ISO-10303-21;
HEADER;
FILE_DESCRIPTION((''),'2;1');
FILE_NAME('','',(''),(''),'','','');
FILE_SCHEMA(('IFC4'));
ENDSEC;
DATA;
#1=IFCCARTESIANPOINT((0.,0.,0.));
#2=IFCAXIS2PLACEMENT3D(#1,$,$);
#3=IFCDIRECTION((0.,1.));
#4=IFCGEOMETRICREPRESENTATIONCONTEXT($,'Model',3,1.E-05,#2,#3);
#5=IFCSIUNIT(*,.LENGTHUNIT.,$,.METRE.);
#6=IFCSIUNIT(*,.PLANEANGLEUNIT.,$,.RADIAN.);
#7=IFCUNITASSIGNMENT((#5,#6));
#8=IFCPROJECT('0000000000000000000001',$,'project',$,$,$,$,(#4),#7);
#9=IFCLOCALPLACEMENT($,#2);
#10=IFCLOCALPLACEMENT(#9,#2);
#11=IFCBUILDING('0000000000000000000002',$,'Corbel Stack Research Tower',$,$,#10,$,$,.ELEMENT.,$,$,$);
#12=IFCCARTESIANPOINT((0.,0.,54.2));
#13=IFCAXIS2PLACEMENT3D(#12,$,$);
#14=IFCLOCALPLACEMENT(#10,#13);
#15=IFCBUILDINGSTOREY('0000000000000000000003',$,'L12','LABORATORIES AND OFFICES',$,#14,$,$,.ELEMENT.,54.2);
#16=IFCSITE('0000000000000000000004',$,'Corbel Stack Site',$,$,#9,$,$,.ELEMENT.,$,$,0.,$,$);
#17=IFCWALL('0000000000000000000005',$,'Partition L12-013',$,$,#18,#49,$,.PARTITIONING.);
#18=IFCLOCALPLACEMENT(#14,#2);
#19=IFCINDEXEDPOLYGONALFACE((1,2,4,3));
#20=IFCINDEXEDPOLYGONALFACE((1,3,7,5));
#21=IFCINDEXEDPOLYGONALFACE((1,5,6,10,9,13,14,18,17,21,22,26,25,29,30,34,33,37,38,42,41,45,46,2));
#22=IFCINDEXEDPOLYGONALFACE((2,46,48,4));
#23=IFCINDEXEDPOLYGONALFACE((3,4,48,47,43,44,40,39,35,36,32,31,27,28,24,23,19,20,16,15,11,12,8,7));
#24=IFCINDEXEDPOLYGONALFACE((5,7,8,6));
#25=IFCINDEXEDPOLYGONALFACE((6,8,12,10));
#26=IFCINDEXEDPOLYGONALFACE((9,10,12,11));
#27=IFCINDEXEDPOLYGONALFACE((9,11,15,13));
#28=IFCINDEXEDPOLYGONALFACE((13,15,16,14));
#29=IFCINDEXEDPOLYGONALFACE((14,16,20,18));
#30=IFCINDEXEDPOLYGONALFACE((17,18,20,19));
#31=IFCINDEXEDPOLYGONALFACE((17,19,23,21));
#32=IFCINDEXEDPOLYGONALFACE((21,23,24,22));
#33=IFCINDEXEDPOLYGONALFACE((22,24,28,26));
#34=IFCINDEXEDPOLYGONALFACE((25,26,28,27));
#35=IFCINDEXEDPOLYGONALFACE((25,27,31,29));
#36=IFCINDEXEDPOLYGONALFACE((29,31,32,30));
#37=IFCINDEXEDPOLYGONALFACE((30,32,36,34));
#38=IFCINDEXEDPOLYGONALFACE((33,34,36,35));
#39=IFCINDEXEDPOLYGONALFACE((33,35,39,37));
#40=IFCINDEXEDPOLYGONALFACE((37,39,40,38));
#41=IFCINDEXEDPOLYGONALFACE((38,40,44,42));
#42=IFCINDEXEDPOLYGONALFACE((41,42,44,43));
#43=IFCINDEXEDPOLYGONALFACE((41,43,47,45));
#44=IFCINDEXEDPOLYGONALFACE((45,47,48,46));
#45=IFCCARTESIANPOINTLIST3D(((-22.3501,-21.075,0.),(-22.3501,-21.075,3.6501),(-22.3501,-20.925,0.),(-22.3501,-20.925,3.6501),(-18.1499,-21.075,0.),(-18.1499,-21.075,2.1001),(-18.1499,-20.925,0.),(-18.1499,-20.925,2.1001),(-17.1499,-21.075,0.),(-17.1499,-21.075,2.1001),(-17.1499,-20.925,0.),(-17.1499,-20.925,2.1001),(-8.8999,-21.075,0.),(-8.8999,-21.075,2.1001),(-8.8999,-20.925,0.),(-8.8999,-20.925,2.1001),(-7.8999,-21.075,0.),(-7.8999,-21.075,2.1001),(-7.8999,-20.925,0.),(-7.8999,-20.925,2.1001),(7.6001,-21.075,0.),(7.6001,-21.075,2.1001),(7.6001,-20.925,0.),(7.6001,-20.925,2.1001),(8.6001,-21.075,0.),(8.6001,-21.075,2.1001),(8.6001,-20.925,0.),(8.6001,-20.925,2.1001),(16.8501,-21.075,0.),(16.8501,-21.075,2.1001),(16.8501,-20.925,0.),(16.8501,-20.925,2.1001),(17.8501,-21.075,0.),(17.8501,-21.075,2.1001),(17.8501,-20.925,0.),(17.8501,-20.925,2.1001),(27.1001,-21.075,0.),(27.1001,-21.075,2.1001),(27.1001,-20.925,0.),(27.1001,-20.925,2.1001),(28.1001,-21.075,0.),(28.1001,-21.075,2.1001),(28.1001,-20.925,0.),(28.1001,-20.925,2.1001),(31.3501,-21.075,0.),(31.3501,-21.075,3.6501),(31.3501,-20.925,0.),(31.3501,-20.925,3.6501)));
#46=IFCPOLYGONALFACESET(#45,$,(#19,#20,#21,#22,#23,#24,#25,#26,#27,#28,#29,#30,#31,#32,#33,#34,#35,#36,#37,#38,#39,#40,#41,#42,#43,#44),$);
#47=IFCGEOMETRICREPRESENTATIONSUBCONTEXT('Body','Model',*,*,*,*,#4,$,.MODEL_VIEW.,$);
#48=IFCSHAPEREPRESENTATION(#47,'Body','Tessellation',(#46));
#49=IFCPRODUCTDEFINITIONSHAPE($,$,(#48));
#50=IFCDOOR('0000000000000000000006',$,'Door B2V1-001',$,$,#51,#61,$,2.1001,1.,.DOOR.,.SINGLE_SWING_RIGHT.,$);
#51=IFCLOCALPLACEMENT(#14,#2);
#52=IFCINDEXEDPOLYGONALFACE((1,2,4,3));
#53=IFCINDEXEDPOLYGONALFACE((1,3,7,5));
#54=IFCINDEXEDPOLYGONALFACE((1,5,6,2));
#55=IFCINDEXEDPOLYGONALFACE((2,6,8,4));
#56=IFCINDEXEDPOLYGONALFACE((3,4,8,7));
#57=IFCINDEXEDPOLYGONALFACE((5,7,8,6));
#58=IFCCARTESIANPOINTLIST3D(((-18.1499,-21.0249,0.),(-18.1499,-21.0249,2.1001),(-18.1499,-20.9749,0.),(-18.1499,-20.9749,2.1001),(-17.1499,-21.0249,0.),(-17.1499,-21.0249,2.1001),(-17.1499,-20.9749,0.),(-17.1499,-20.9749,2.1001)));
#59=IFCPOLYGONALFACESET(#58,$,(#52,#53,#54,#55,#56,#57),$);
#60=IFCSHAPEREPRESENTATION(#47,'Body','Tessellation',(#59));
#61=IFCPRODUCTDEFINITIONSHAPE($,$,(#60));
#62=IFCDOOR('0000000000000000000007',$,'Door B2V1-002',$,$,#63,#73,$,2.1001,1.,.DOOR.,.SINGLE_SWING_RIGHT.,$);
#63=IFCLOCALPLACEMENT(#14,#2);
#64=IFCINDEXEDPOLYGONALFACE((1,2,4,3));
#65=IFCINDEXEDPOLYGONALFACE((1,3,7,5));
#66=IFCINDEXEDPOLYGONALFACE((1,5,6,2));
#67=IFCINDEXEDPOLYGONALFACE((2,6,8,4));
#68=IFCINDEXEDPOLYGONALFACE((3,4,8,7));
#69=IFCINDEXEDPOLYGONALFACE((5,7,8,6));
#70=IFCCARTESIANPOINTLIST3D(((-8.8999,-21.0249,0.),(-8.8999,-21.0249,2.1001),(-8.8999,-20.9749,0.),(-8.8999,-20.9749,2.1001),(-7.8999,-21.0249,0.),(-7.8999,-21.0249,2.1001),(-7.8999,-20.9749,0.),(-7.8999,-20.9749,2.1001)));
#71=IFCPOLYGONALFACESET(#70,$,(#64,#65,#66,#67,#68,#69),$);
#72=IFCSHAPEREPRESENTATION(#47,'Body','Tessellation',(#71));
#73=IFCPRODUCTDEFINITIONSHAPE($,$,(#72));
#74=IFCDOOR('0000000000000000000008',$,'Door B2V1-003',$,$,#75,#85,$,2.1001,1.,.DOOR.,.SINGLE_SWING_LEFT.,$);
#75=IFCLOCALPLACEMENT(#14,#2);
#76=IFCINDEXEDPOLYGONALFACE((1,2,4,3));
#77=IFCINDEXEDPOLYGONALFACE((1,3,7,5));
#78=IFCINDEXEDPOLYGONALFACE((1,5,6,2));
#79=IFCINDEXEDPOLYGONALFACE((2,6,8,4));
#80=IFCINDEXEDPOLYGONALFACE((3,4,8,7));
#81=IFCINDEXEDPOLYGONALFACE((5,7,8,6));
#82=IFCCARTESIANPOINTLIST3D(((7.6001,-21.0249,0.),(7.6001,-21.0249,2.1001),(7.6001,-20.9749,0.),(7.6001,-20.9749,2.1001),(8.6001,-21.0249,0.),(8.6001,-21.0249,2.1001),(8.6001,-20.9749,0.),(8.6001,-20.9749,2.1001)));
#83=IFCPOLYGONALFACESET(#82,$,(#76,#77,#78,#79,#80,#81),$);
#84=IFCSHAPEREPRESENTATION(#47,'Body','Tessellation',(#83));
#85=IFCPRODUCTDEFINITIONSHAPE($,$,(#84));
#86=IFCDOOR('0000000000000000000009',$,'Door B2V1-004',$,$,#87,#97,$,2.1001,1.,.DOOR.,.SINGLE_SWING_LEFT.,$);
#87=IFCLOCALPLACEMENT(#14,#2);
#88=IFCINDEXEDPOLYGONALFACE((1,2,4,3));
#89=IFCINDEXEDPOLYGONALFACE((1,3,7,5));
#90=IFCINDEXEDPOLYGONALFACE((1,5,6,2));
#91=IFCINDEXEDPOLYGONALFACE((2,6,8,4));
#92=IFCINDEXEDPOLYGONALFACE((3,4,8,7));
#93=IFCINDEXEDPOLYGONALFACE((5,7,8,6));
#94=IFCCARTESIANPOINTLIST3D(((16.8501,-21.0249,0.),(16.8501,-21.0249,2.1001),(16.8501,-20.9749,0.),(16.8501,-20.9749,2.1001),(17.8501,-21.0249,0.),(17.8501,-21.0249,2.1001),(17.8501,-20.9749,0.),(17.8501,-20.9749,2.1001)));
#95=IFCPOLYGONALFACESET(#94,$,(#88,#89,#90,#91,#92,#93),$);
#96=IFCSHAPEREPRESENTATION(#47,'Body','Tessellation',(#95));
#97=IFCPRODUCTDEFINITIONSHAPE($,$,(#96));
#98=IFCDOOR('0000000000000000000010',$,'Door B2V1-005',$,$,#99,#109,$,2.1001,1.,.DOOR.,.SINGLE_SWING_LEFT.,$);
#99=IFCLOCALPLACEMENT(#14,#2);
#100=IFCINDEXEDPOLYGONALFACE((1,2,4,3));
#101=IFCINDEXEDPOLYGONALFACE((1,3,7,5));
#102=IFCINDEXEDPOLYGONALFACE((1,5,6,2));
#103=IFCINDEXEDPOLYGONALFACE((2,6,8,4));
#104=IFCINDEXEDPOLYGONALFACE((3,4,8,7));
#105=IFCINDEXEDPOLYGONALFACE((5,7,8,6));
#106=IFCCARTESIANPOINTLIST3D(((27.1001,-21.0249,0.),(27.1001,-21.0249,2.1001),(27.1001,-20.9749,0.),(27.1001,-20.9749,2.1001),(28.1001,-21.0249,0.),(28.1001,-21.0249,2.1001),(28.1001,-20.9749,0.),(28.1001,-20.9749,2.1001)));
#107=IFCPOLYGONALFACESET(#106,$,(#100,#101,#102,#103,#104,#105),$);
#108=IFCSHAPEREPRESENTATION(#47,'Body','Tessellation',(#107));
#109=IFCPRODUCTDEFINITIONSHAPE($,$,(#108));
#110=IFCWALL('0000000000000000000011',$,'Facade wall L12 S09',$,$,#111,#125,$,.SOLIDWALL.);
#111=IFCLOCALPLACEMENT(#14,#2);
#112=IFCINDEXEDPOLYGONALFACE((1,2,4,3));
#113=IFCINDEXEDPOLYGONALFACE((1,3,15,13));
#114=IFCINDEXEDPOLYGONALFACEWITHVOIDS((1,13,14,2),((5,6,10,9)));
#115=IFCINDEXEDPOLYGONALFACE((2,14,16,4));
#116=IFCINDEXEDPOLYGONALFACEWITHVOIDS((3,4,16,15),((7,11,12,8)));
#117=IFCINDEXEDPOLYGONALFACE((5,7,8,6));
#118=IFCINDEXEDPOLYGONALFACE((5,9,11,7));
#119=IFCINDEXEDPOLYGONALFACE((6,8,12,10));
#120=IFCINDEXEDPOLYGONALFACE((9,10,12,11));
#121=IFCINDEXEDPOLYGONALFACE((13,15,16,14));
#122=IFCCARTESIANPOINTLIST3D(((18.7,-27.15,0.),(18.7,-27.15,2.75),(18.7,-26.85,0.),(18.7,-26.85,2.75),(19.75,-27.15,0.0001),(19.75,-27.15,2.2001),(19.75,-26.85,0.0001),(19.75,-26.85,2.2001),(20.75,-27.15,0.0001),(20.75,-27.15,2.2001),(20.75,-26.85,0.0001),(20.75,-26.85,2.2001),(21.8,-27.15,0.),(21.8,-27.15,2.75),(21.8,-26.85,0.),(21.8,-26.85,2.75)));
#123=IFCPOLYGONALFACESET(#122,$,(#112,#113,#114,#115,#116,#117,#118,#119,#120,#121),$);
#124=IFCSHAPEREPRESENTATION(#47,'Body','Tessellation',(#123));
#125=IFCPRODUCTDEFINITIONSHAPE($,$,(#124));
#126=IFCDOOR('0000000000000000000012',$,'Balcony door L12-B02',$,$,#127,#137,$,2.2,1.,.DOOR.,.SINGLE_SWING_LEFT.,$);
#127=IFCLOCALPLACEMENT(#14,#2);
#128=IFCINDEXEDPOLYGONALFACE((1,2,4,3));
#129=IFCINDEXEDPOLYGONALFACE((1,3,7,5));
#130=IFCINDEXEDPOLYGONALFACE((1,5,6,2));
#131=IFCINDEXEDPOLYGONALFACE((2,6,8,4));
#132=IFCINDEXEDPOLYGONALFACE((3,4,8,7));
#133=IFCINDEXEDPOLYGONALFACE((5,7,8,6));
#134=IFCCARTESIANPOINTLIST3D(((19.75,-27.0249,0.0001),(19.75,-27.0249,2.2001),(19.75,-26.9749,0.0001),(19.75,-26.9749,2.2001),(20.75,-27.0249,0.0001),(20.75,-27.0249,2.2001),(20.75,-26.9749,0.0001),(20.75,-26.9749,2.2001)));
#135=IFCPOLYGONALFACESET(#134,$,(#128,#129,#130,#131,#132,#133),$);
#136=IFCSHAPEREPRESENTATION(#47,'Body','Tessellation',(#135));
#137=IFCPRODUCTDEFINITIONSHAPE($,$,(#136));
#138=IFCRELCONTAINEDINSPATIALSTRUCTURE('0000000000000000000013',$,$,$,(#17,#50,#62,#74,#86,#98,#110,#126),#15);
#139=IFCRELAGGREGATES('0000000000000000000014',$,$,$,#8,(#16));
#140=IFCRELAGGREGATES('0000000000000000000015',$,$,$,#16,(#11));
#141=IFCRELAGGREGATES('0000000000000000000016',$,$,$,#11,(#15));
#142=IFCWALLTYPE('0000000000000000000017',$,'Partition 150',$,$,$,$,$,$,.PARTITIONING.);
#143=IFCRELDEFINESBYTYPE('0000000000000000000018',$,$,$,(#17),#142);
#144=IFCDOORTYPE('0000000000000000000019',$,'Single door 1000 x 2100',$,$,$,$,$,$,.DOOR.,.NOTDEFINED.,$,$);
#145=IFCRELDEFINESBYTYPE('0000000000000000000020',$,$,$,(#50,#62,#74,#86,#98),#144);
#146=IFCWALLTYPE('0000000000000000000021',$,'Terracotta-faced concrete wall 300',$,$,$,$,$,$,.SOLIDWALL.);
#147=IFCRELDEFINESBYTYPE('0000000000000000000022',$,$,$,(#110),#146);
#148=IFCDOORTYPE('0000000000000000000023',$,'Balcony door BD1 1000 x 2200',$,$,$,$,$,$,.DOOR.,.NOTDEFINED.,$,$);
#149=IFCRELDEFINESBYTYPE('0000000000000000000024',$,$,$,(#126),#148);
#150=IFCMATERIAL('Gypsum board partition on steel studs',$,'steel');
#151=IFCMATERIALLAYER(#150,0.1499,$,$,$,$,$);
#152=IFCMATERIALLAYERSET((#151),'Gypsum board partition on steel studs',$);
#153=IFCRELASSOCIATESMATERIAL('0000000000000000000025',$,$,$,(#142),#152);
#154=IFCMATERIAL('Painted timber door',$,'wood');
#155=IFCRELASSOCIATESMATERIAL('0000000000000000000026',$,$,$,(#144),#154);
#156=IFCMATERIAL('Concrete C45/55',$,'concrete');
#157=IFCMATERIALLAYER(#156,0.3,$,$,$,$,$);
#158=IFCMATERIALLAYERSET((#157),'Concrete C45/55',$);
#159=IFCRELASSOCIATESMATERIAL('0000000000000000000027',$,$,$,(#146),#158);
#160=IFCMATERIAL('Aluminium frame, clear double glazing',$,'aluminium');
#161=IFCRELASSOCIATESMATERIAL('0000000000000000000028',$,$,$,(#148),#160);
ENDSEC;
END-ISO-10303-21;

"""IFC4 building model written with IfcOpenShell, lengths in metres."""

from ifc_helpers import new_model, si_unit, direction, frame, frame_2d, origin, place, context, subcontext, project, spatial, rectangle, extrude, material, layer, layer_set, type_object, element, fill, save


model = new_model("IFC4")

# Units and contexts
model_context = context("Model", 3, precision=1e-05, world=origin(), true_north=direction((0.0, 1.0)))
body_context = subcontext(model_context, "Body", "Model", "MODEL_VIEW")
ifc_project = project(units=[si_unit("LENGTHUNIT", "METRE"), si_unit("PLANEANGLEUNIT", "RADIAN")], contexts=[model_context])

# Site, building, storey
site_placement = place(None, origin())
site = spatial("IfcSite", under=ifc_project, at=site_placement, Name="Corbel Stack Site", CompositionType="ELEMENT", RefElevation=0.0)
building_placement = place(site_placement, origin())
building = spatial("IfcBuilding", under=site, at=building_placement, Name="Corbel Stack Research Tower", CompositionType="ELEMENT")
storey_placement = place(building_placement, frame((0.0, 0.0, 54.2)))
storey = spatial("IfcBuildingStorey", under=building, at=storey_placement, Name="L12", Description="LABORATORIES AND OFFICES", CompositionType="ELEMENT", Elevation=54.2)

# Wall, openings, doors
ifc_material_1 = material(Name="Gypsum board partition on steel studs", Category="steel")
ifc_layer_1 = layer(ifc_material_1, 0.1499)
ifc_layer_set_1 = layer_set([ifc_layer_1], Name="Gypsum board partition on steel studs")
wall_type_1 = type_object("IfcWallType", Name="Partition 150", PredefinedType="PARTITIONING", material=ifc_layer_set_1)
wall_1_placement = place(storey_placement, frame((31.3501, -21.0, 0.0), z_axis=(0.0, 0.0, 1.0), x_axis=(-1.0, 0.0, 0.0)))
wall_1 = element("IfcWall", 1, at=wall_1_placement, inside=storey, type_object=wall_type_1, Name="Partition L12-013", PredefinedType="PARTITIONING", context=body_context, shape_type="SweptSolid", body=[
    extrude(rectangle(XDim=53.7002, YDim=0.1499, at=frame_2d((26.8501, 0.0))), origin(), (0.0, 0.0, 1.0), 3.6501),
])
opening_1_placement = place(wall_1_placement, frame((48.5, 0.0, 0.0)))
opening_1 = element("IfcOpeningElement", 2, at=opening_1_placement, cuts=wall_1, PredefinedType="OPENING", context=body_context, shape_type="SweptSolid", body=[
    extrude(rectangle(XDim=1.0, YDim=2.1001, at=frame_2d((0.5, 1.05))), frame((0.0, 0.085, 0.0), z_axis=(0.0, -1.0, 0.0), x_axis=(1.0, 0.0, 0.0)), (0.0, 0.0, 1.0), 0.1699),
])
opening_2_placement = place(wall_1_placement, frame((39.25, 0.0, 0.0)))
opening_2 = element("IfcOpeningElement", 3, at=opening_2_placement, cuts=wall_1, PredefinedType="OPENING", context=body_context, shape_type="SweptSolid", body=[
    extrude(rectangle(XDim=1.0, YDim=2.1001, at=frame_2d((0.5, 1.05))), frame((0.0, 0.085, 0.0), z_axis=(0.0, -1.0, 0.0), x_axis=(1.0, 0.0, 0.0)), (0.0, 0.0, 1.0), 0.1699),
])
opening_3_placement = place(wall_1_placement, frame((22.75, 0.0, 0.0)))
opening_3 = element("IfcOpeningElement", 4, at=opening_3_placement, cuts=wall_1, PredefinedType="OPENING", context=body_context, shape_type="SweptSolid", body=[
    extrude(rectangle(XDim=1.0, YDim=2.1001, at=frame_2d((0.5, 1.05))), frame((0.0, 0.085, 0.0), z_axis=(0.0, -1.0, 0.0), x_axis=(1.0, 0.0, 0.0)), (0.0, 0.0, 1.0), 0.1699),
])
opening_4_placement = place(wall_1_placement, frame((13.5, 0.0, 0.0)))
opening_4 = element("IfcOpeningElement", 5, at=opening_4_placement, cuts=wall_1, PredefinedType="OPENING", context=body_context, shape_type="SweptSolid", body=[
    extrude(rectangle(XDim=1.0, YDim=2.1001, at=frame_2d((0.5, 1.05))), frame((0.0, 0.085, 0.0), z_axis=(0.0, -1.0, 0.0), x_axis=(1.0, 0.0, 0.0)), (0.0, 0.0, 1.0), 0.1699),
])
opening_5_placement = place(wall_1_placement, frame((3.25, 0.0, 0.0)))
opening_5 = element("IfcOpeningElement", 6, at=opening_5_placement, cuts=wall_1, PredefinedType="OPENING", context=body_context, shape_type="SweptSolid", body=[
    extrude(rectangle(XDim=1.0, YDim=2.1001, at=frame_2d((0.5, 1.05))), frame((0.0, 0.085, 0.0), z_axis=(0.0, -1.0, 0.0), x_axis=(1.0, 0.0, 0.0)), (0.0, 0.0, 1.0), 0.1699),
])
ifc_material_2 = material(Name="Painted timber door", Category="wood")
door_type_1 = type_object("IfcDoorType", Name="Single door 1000 x 2100", OperationType="NOTDEFINED", PredefinedType="DOOR", material=ifc_material_2)
door_1_placement = place(opening_1_placement, origin())
door_1 = element("IfcDoor", 7, at=door_1_placement, inside=storey, type_object=door_type_1, Name="Door B2V1-001", OperationType="SINGLE_SWING_RIGHT", OverallHeight=2.1001, OverallWidth=1.0, PredefinedType="DOOR", context=body_context, shape_type="SweptSolid", body=[
    extrude(rectangle(XDim=1.0, YDim=2.1001, at=frame_2d((0.5, 1.05))), frame((0.0, 0.0249, 0.0), z_axis=(0.0, -1.0, 0.0), x_axis=(1.0, 0.0, 0.0)), (0.0, 0.0, 1.0), 0.05),
])
fill(opening_1, door_1)
door_2_placement = place(opening_2_placement, origin())
door_2 = element("IfcDoor", 8, at=door_2_placement, inside=storey, type_object=door_type_1, Name="Door B2V1-002", OperationType="SINGLE_SWING_RIGHT", OverallHeight=2.1001, OverallWidth=1.0, PredefinedType="DOOR", context=body_context, shape_type="SweptSolid", body=[
    extrude(rectangle(XDim=1.0, YDim=2.1001, at=frame_2d((0.5, 1.05))), frame((0.0, 0.0249, 0.0), z_axis=(0.0, -1.0, 0.0), x_axis=(1.0, 0.0, 0.0)), (0.0, 0.0, 1.0), 0.05),
])
fill(opening_2, door_2)
door_3_placement = place(opening_3_placement, origin())
door_3 = element("IfcDoor", 9, at=door_3_placement, inside=storey, type_object=door_type_1, Name="Door B2V1-003", OperationType="SINGLE_SWING_LEFT", OverallHeight=2.1001, OverallWidth=1.0, PredefinedType="DOOR", context=body_context, shape_type="SweptSolid", body=[
    extrude(rectangle(XDim=1.0, YDim=2.1001, at=frame_2d((0.5, 1.05))), frame((0.0, 0.0249, 0.0), z_axis=(0.0, -1.0, 0.0), x_axis=(1.0, 0.0, 0.0)), (0.0, 0.0, 1.0), 0.05),
])
fill(opening_3, door_3)
door_4_placement = place(opening_4_placement, origin())
door_4 = element("IfcDoor", 10, at=door_4_placement, inside=storey, type_object=door_type_1, Name="Door B2V1-004", OperationType="SINGLE_SWING_LEFT", OverallHeight=2.1001, OverallWidth=1.0, PredefinedType="DOOR", context=body_context, shape_type="SweptSolid", body=[
    extrude(rectangle(XDim=1.0, YDim=2.1001, at=frame_2d((0.5, 1.05))), frame((0.0, 0.0249, 0.0), z_axis=(0.0, -1.0, 0.0), x_axis=(1.0, 0.0, 0.0)), (0.0, 0.0, 1.0), 0.05),
])
fill(opening_4, door_4)
door_5_placement = place(opening_5_placement, origin())
door_5 = element("IfcDoor", 11, at=door_5_placement, inside=storey, type_object=door_type_1, Name="Door B2V1-005", OperationType="SINGLE_SWING_LEFT", OverallHeight=2.1001, OverallWidth=1.0, PredefinedType="DOOR", context=body_context, shape_type="SweptSolid", body=[
    extrude(rectangle(XDim=1.0, YDim=2.1001, at=frame_2d((0.5, 1.05))), frame((0.0, 0.0249, 0.0), z_axis=(0.0, -1.0, 0.0), x_axis=(1.0, 0.0, 0.0)), (0.0, 0.0, 1.0), 0.05),
])
fill(opening_5, door_5)

# Wall, opening, door
ifc_material_3 = material(Name="Concrete C45/55", Category="concrete")
ifc_layer_2 = layer(ifc_material_3, 0.3)
ifc_layer_set_2 = layer_set([ifc_layer_2], Name="Concrete C45/55")
wall_type_2 = type_object("IfcWallType", Name="Terracotta-faced concrete wall 300", PredefinedType="SOLIDWALL", material=ifc_layer_set_2)
wall_2_placement = place(storey_placement, frame((21.8, -27.0, 0.0), z_axis=(0.0, 0.0, 1.0), x_axis=(-1.0, 0.0, 0.0)))
wall_2 = element("IfcWall", 12, at=wall_2_placement, inside=storey, type_object=wall_type_2, Name="Facade wall L12 S09", PredefinedType="SOLIDWALL", context=body_context, shape_type="SweptSolid", body=[
    extrude(rectangle(XDim=3.1001, YDim=0.3, at=frame_2d((1.55, 0.0))), origin(), (0.0, 0.0, 1.0), 2.75),
])
opening_6_placement = place(wall_2_placement, frame((1.05, 0.0, 0.0)))
opening_6 = element("IfcOpeningElement", 13, at=opening_6_placement, cuts=wall_2, PredefinedType="OPENING", context=body_context, shape_type="SweptSolid", body=[
    extrude(rectangle(XDim=1.0, YDim=2.2, at=frame_2d((0.5, 1.1001))), frame((0.0, 0.1599, 0.0), z_axis=(0.0, -1.0, 0.0), x_axis=(1.0, 0.0, 0.0)), (0.0, 0.0, 1.0), 0.3201),
])
ifc_material_4 = material(Name="Aluminium frame, clear double glazing", Category="aluminium")
door_type_2 = type_object("IfcDoorType", Name="Balcony door BD1 1000 x 2200", OperationType="NOTDEFINED", PredefinedType="DOOR", material=ifc_material_4)
door_6_placement = place(opening_6_placement, origin())
door_6 = element("IfcDoor", 14, at=door_6_placement, inside=storey, type_object=door_type_2, Name="Balcony door L12-B02", OperationType="SINGLE_SWING_LEFT", OverallHeight=2.2, OverallWidth=1.0, PredefinedType="DOOR", context=body_context, shape_type="SweptSolid", body=[
    extrude(rectangle(XDim=1.0, YDim=2.2, at=frame_2d((0.5, 1.1001))), frame((0.0, 0.0249, 0.0), z_axis=(0.0, -1.0, 0.0), x_axis=(1.0, 0.0, 0.0)), (0.0, 0.0, 1.0), 0.05),
])
fill(opening_6, door_6)

save(model, "model.ifc")
